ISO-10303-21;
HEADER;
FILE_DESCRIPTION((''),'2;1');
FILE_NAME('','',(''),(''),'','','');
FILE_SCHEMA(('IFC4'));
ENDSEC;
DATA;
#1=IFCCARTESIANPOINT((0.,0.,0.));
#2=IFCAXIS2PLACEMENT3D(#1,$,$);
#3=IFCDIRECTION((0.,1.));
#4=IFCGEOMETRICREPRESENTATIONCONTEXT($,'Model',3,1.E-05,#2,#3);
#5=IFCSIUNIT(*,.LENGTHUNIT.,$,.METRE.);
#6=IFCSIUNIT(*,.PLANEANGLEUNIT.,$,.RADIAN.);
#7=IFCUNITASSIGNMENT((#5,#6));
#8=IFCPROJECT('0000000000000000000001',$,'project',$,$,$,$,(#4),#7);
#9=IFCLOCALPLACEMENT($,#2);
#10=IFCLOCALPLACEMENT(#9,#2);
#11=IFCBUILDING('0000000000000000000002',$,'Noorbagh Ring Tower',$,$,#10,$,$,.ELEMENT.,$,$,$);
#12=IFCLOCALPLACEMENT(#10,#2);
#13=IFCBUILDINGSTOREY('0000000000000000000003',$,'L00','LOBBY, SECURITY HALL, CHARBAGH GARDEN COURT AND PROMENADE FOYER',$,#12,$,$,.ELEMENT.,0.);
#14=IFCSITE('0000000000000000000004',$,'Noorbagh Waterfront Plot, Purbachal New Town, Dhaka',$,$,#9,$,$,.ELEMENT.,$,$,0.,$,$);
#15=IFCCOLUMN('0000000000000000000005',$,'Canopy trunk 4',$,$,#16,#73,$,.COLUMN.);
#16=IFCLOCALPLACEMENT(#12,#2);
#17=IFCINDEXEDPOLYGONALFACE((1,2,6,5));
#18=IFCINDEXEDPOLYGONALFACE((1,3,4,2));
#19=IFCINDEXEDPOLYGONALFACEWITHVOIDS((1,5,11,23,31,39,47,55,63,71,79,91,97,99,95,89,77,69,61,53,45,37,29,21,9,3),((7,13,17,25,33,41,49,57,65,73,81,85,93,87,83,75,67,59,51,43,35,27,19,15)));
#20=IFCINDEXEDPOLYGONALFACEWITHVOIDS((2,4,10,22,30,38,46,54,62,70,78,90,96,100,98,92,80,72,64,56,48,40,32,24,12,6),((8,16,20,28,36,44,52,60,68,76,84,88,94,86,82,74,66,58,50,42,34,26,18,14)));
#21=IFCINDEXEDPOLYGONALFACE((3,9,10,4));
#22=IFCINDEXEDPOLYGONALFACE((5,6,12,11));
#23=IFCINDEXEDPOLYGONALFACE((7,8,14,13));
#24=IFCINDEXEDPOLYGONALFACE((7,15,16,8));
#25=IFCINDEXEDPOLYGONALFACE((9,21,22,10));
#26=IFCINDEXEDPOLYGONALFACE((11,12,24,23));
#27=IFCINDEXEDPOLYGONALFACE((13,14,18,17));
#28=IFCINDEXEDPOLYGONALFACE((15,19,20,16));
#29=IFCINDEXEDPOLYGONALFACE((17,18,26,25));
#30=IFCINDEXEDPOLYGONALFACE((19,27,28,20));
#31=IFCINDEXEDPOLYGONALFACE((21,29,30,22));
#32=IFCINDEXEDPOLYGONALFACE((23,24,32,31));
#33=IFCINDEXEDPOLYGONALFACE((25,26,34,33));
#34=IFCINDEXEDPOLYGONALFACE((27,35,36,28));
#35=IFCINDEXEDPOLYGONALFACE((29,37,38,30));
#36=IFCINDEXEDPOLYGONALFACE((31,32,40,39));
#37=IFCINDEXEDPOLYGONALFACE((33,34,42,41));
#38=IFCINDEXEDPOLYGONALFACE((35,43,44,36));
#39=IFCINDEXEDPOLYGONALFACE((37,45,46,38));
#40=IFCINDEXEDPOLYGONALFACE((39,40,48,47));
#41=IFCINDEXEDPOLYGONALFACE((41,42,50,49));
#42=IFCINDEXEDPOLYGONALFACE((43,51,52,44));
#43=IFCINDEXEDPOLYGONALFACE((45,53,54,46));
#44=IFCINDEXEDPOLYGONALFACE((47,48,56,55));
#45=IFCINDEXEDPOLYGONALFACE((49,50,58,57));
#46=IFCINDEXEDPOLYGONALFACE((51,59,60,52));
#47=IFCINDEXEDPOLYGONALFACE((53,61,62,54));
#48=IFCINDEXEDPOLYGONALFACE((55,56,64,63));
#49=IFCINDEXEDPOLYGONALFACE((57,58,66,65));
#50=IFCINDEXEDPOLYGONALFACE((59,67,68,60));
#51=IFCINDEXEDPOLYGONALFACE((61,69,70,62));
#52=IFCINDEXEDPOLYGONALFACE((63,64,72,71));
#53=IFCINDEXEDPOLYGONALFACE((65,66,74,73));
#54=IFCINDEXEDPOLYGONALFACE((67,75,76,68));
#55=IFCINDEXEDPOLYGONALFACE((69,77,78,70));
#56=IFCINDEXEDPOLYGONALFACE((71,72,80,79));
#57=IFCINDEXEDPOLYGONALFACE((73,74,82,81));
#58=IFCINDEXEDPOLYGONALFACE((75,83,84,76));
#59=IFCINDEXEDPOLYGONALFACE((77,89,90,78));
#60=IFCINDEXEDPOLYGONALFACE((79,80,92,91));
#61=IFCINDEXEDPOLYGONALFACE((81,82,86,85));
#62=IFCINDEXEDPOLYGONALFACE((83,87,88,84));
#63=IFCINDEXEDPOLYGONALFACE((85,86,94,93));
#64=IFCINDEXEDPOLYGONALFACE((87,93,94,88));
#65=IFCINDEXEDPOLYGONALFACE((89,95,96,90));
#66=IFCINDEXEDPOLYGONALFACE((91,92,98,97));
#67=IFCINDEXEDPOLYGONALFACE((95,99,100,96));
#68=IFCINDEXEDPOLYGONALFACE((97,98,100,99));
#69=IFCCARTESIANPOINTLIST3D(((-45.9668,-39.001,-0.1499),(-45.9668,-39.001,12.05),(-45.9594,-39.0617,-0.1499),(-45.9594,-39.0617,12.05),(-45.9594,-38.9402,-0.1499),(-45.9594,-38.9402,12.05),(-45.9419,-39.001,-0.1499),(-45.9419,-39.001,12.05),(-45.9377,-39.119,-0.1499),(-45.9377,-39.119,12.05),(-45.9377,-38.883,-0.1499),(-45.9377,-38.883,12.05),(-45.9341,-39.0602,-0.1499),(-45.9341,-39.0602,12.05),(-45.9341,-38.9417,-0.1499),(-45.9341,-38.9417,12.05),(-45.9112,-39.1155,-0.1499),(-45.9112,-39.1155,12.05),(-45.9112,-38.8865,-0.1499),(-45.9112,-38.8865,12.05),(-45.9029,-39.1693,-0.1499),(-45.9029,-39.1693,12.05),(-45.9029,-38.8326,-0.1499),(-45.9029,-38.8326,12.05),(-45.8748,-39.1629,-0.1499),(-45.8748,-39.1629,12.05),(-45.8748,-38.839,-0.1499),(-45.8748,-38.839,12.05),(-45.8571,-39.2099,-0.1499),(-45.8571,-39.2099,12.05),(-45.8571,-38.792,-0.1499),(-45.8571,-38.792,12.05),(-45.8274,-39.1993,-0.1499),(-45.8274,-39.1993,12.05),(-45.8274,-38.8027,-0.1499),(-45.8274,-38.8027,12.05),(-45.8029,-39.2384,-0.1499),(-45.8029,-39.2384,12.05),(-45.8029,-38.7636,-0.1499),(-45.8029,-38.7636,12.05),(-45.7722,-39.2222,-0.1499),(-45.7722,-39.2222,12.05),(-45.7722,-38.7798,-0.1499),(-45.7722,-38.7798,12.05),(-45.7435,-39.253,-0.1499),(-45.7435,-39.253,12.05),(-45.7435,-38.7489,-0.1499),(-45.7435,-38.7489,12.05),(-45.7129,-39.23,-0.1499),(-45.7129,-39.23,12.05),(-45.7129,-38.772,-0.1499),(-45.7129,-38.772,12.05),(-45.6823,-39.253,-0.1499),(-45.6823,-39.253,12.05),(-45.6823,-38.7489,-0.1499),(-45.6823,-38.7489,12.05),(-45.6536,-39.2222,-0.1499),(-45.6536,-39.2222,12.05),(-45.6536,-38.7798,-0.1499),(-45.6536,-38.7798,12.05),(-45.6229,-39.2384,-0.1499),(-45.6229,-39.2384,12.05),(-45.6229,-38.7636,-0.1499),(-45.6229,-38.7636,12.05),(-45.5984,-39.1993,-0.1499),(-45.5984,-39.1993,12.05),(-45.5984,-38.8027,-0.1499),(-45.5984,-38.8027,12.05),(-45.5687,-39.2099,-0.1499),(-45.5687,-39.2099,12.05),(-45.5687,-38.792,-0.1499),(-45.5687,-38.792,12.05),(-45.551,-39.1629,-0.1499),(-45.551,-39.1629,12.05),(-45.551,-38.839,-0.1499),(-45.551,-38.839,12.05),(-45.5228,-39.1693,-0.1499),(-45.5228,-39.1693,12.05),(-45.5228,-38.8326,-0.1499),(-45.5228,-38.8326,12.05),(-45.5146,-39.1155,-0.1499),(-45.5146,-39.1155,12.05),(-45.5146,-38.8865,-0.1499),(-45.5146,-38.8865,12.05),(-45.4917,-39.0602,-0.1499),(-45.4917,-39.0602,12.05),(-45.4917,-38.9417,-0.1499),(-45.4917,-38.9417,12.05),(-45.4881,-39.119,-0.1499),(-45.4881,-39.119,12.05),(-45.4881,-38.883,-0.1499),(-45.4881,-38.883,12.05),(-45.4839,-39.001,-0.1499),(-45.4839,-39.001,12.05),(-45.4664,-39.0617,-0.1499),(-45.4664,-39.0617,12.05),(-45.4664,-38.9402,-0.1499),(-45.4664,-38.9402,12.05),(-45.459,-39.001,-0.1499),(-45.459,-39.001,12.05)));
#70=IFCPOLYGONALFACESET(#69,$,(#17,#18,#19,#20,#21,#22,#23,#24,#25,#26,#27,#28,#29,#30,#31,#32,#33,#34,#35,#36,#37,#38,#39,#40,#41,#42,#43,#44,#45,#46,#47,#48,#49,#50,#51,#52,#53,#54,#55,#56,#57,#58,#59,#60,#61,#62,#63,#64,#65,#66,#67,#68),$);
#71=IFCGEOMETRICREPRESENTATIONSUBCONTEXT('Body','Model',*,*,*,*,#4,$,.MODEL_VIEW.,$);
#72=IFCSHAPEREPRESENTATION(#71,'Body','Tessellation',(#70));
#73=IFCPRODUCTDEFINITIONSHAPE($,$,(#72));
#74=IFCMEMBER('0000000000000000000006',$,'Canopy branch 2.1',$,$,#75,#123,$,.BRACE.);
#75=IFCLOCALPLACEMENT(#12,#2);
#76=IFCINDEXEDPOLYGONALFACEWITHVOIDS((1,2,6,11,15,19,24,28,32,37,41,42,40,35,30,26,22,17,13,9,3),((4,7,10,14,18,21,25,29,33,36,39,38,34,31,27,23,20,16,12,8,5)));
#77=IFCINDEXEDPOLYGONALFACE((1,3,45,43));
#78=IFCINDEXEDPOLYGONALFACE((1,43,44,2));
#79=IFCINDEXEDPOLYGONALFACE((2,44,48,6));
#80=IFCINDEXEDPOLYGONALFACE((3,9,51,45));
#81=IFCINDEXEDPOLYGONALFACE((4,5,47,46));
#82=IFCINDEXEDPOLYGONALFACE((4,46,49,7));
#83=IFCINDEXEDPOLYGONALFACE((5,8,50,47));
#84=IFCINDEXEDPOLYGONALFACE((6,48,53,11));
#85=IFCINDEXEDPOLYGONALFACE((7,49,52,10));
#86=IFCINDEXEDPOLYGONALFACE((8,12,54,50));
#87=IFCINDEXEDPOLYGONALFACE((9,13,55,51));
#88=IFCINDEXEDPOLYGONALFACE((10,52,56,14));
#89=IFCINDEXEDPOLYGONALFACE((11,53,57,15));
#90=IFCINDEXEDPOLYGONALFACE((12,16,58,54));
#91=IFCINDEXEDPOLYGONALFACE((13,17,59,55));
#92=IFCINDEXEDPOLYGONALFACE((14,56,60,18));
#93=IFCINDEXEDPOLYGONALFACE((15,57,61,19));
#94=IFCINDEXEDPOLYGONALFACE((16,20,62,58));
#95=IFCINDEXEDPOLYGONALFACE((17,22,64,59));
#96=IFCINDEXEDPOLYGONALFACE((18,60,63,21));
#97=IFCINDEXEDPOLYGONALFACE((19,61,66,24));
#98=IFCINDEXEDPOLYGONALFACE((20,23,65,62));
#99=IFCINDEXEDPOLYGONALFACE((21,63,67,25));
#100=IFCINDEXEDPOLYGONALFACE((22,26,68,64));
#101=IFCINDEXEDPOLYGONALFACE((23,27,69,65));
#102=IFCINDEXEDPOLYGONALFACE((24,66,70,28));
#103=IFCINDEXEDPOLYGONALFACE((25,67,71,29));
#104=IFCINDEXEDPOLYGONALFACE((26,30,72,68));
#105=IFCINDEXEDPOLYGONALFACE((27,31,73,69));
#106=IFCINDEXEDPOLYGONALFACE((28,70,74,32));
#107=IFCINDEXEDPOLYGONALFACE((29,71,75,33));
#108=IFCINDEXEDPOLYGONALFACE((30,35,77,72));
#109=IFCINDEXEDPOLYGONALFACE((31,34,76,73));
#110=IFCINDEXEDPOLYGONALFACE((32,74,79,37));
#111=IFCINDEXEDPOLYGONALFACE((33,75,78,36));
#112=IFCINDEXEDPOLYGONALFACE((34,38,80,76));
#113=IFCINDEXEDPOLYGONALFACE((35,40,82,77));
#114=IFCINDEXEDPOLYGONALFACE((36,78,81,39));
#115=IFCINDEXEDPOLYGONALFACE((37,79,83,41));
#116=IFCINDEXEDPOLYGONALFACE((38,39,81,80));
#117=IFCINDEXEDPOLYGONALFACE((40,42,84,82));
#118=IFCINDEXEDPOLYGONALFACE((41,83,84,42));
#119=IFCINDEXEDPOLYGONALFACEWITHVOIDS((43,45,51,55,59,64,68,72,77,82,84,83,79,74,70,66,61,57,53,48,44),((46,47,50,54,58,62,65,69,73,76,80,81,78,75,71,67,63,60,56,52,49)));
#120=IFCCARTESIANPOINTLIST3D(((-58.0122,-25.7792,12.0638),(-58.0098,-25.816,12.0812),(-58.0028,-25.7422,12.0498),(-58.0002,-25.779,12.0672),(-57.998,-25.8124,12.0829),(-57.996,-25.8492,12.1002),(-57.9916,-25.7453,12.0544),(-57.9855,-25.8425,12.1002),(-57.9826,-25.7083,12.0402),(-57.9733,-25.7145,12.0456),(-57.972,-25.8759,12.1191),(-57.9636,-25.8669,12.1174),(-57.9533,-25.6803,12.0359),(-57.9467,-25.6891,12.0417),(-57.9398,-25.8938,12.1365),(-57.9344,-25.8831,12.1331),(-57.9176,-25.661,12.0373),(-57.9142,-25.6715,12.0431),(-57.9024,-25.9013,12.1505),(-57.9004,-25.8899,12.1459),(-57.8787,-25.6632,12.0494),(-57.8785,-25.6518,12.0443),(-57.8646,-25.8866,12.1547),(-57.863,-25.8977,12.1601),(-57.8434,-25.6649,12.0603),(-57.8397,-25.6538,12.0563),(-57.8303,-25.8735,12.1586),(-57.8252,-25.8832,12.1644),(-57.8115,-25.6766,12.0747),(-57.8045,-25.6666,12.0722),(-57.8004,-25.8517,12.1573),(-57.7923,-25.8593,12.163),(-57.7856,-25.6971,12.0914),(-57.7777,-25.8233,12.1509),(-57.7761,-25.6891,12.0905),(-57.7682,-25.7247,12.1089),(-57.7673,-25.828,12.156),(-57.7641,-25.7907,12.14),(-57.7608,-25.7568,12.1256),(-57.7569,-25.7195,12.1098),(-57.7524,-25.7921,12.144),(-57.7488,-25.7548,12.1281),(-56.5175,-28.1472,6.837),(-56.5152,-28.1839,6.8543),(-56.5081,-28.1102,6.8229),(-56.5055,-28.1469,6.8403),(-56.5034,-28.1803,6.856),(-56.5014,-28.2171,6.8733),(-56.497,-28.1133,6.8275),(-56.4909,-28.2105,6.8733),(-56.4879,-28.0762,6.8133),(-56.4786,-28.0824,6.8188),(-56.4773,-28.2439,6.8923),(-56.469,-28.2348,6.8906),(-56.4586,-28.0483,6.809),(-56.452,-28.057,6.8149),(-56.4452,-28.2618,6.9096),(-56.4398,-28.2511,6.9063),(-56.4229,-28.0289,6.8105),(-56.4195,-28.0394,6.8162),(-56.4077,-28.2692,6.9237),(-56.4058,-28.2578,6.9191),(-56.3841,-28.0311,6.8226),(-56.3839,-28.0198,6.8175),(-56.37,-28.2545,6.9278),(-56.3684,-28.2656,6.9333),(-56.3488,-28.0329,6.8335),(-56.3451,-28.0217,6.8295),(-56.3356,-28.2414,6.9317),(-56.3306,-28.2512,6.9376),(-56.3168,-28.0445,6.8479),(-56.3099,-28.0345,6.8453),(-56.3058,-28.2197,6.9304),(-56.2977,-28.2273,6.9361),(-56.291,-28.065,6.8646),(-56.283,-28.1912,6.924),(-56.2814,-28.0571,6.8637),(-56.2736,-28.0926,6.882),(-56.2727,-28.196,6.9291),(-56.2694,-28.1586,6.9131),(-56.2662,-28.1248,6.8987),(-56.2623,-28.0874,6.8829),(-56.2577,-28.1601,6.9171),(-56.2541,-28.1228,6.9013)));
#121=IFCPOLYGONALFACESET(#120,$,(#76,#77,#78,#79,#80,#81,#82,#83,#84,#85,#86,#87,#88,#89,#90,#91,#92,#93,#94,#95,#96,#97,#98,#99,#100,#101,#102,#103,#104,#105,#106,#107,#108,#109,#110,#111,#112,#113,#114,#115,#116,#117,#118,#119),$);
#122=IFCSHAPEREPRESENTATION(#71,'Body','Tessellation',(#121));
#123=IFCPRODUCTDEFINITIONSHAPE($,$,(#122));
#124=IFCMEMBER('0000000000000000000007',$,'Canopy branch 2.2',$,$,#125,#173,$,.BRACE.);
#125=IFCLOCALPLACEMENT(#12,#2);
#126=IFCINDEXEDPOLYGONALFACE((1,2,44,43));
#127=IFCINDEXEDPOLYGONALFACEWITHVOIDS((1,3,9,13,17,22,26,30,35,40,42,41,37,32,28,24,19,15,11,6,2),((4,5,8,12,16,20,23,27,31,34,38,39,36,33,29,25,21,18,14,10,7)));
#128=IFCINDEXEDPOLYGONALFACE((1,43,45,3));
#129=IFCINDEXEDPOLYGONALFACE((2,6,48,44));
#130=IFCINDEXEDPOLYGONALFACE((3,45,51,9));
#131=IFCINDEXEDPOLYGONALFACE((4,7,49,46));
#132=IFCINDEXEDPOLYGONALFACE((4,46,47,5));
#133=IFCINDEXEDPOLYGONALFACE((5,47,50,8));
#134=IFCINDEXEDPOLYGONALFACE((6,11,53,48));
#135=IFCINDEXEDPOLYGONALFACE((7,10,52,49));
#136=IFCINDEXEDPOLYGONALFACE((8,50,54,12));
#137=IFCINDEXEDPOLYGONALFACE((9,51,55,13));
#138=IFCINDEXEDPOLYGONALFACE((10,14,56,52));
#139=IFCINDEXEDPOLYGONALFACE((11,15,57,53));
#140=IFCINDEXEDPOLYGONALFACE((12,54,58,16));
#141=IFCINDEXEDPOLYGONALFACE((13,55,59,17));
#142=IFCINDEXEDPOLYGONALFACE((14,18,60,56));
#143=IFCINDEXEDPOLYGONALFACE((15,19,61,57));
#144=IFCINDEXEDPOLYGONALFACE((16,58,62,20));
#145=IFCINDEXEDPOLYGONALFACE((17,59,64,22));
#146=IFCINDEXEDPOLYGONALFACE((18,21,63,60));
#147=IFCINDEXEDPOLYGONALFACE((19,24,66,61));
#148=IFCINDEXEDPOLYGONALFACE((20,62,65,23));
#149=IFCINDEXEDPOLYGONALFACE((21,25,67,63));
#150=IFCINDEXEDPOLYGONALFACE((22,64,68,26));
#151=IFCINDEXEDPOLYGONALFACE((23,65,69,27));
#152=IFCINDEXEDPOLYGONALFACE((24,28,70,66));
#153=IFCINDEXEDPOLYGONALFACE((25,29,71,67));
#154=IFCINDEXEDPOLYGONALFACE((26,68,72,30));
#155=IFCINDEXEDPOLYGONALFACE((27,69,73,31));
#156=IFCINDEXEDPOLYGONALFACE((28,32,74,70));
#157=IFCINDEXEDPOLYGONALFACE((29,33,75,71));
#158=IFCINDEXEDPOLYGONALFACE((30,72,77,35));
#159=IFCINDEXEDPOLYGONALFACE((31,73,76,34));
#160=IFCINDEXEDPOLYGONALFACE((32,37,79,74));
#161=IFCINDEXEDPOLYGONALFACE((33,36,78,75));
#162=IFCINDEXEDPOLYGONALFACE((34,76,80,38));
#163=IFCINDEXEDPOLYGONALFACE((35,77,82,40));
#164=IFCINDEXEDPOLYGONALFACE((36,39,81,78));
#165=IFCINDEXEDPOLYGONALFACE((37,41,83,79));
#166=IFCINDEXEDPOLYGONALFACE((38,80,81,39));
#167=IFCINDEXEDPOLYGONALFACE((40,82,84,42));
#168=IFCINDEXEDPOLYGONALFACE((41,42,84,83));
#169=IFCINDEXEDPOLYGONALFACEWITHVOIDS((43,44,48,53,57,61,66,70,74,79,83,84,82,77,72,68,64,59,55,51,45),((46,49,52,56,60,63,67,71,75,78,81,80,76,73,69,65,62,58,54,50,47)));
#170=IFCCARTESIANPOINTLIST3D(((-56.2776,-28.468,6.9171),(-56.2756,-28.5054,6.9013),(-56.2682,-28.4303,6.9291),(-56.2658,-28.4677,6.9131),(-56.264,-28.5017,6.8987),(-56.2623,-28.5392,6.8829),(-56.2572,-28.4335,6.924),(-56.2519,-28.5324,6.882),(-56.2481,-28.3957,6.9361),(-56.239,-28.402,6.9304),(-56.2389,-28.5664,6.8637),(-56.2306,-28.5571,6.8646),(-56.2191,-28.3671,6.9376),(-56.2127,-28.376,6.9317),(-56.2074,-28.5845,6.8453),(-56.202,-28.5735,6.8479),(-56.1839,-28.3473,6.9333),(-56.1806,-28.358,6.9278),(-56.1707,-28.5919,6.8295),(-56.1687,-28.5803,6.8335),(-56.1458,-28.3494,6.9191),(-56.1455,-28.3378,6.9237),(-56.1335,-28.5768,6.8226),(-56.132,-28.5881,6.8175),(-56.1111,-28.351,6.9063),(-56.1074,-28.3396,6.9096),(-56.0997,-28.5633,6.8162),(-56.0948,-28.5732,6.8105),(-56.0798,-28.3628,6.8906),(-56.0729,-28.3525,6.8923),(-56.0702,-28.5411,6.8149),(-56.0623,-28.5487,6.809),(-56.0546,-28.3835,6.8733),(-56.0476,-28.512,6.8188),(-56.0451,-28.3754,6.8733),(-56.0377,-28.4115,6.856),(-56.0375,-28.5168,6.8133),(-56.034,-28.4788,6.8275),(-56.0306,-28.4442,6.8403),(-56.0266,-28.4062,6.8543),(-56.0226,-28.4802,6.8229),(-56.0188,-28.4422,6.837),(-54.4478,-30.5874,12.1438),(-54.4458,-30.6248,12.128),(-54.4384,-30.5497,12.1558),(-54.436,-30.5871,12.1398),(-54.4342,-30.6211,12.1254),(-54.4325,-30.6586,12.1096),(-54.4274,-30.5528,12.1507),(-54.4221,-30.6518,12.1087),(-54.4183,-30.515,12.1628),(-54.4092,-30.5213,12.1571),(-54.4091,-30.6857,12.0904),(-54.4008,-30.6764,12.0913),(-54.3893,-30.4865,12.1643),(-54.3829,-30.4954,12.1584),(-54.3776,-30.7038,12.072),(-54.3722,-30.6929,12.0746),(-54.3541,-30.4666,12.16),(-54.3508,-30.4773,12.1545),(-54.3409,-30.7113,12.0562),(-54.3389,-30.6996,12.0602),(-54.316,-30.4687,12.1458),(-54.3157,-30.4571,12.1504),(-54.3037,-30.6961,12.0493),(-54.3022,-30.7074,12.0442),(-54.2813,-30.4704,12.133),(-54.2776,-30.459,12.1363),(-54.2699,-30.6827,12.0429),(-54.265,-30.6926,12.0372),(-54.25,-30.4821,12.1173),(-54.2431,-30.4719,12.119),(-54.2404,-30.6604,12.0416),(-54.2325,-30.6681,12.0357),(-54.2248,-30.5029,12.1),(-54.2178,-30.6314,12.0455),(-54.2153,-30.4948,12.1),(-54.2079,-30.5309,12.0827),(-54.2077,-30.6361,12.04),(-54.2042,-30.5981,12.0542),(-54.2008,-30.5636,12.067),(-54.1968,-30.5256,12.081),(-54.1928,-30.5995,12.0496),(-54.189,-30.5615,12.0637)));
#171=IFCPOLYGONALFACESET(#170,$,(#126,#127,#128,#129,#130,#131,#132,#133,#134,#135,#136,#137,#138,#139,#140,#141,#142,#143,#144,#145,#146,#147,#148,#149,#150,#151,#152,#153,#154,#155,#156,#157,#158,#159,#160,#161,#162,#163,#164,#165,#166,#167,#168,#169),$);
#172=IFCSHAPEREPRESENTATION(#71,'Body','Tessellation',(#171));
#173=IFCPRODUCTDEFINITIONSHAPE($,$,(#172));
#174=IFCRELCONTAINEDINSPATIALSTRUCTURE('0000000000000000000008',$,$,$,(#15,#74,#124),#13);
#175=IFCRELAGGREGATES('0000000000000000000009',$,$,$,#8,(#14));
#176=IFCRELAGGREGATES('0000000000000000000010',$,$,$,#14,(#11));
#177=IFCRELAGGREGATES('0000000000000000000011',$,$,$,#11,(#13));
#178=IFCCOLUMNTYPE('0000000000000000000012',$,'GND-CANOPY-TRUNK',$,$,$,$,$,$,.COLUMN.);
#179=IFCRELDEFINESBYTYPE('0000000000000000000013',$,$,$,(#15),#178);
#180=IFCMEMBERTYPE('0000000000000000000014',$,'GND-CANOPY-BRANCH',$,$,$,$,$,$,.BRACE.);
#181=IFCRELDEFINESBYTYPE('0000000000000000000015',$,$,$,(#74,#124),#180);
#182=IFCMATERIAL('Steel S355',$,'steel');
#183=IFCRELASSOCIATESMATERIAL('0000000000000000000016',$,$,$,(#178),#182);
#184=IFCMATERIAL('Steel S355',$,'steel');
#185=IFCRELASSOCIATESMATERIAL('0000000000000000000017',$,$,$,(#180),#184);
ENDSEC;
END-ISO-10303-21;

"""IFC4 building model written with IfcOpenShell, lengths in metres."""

from ifc_helpers import new_model, si_unit, direction, frame, origin, origin_2d, place, context, subcontext, project, spatial, hollow_circle, extrude, material, material_profile, profile_set, type_object, element, save


model = new_model("IFC4")

# Units and contexts
model_context = context("Model", 3, precision=1e-05, world=origin(), true_north=direction((0.0, 1.0)))
body_context = subcontext(model_context, "Body", "Model", "MODEL_VIEW")
ifc_project = project(units=[si_unit("LENGTHUNIT", "METRE"), si_unit("PLANEANGLEUNIT", "RADIAN")], contexts=[model_context])

# Site, building, storey
site_placement = place(None, origin())
site = spatial("IfcSite", under=ifc_project, at=site_placement, Name="Noorbagh Waterfront Plot, Purbachal New Town, Dhaka", CompositionType="ELEMENT", RefElevation=0.0)
building_placement = place(site_placement, origin())
building = spatial("IfcBuilding", under=site, at=building_placement, Name="Noorbagh Ring Tower", CompositionType="ELEMENT")
storey_placement = place(building_placement, origin())
storey = spatial("IfcBuildingStorey", under=building, at=storey_placement, Name="L00", Description="LOBBY, SECURITY HALL, CHARBAGH GARDEN COURT AND PROMENADE FOYER", CompositionType="ELEMENT", Elevation=0.0)

# Column
ifc_material_1 = material(Name="Steel S355", Category="steel")
ifc_material_profile_1 = material_profile(ifc_material_1, hollow_circle(Radius=0.2539, WallThickness=0.0249, at=origin_2d()), Name="CHS508x25")
ifc_profile_set_1 = profile_set([ifc_material_profile_1], Name="Steel S355")
column_type = type_object("IfcColumnType", Name="GND-CANOPY-TRUNK", PredefinedType="COLUMN", material=ifc_profile_set_1)
for number, where, z_axis, x_axis, name in (
    (1, (-45.7129, -39.001, -0.1499), (0.0, 0.0, 1.0), (1.0, 0.0, 0.0), "Canopy trunk 4"),
):
    element("IfcColumn", number, at=place(storey_placement, frame(where, z_axis=z_axis, x_axis=x_axis)), inside=storey, type_object=column_type, Name=name, PredefinedType="COLUMN", context=body_context, shape_type="SweptSolid", body=[
        extrude(hollow_circle(Radius=0.2539, WallThickness=0.0249, at=origin_2d()), origin(), (0.0, 0.0, 1.0), 12.2),
    ])

# Members
ifc_material_2 = material(Name="Steel S355", Category="steel")
ifc_material_profile_2 = material_profile(ifc_material_2, hollow_circle(Radius=0.1365, WallThickness=0.0125, at=origin_2d()), Name="CHS273x12.5")
ifc_profile_set_2 = profile_set([ifc_material_profile_2], Name="Steel S355")
member_type = type_object("IfcMemberType", Name="GND-CANOPY-BRANCH", PredefinedType="BRACE", material=ifc_profile_set_2)
member_placement = place(storey_placement, frame((-56.386, -28.1443, 6.8733), z_axis=(-0.252061, 0.399337, 0.881473), x_axis=(-0.845634, -0.533763, 0.0)))
element("IfcMember", 2, at=member_placement, inside=storey, type_object=member_type, Name="Canopy branch 2.1", PredefinedType="BRACE", context=body_context, shape_type="SweptSolid", body=[
    extrude(hollow_circle(Radius=0.1365, WallThickness=0.0125, at=origin_2d()), origin(), (0.0, 0.0, 1.0), 5.9297),
])
for number, where, z_axis, x_axis, name in (
    (3, (-56.1484, -28.4646, 6.8733), (0.308596, -0.357427, 0.881484), (0.756919, 0.653509, 0.0), "Canopy branch 2.2"),
):
    element("IfcMember", number, at=place(storey_placement, frame(where, z_axis=z_axis, x_axis=x_axis)), inside=storey, type_object=member_type, Name=name, PredefinedType="BRACE", context=body_context, shape_type="SweptSolid", body=[
        extrude(hollow_circle(Radius=0.1365, WallThickness=0.0125, at=origin_2d()), origin(), (0.0, 0.0, 1.0), 5.9294),
    ])

save(model, "model.ifc")
